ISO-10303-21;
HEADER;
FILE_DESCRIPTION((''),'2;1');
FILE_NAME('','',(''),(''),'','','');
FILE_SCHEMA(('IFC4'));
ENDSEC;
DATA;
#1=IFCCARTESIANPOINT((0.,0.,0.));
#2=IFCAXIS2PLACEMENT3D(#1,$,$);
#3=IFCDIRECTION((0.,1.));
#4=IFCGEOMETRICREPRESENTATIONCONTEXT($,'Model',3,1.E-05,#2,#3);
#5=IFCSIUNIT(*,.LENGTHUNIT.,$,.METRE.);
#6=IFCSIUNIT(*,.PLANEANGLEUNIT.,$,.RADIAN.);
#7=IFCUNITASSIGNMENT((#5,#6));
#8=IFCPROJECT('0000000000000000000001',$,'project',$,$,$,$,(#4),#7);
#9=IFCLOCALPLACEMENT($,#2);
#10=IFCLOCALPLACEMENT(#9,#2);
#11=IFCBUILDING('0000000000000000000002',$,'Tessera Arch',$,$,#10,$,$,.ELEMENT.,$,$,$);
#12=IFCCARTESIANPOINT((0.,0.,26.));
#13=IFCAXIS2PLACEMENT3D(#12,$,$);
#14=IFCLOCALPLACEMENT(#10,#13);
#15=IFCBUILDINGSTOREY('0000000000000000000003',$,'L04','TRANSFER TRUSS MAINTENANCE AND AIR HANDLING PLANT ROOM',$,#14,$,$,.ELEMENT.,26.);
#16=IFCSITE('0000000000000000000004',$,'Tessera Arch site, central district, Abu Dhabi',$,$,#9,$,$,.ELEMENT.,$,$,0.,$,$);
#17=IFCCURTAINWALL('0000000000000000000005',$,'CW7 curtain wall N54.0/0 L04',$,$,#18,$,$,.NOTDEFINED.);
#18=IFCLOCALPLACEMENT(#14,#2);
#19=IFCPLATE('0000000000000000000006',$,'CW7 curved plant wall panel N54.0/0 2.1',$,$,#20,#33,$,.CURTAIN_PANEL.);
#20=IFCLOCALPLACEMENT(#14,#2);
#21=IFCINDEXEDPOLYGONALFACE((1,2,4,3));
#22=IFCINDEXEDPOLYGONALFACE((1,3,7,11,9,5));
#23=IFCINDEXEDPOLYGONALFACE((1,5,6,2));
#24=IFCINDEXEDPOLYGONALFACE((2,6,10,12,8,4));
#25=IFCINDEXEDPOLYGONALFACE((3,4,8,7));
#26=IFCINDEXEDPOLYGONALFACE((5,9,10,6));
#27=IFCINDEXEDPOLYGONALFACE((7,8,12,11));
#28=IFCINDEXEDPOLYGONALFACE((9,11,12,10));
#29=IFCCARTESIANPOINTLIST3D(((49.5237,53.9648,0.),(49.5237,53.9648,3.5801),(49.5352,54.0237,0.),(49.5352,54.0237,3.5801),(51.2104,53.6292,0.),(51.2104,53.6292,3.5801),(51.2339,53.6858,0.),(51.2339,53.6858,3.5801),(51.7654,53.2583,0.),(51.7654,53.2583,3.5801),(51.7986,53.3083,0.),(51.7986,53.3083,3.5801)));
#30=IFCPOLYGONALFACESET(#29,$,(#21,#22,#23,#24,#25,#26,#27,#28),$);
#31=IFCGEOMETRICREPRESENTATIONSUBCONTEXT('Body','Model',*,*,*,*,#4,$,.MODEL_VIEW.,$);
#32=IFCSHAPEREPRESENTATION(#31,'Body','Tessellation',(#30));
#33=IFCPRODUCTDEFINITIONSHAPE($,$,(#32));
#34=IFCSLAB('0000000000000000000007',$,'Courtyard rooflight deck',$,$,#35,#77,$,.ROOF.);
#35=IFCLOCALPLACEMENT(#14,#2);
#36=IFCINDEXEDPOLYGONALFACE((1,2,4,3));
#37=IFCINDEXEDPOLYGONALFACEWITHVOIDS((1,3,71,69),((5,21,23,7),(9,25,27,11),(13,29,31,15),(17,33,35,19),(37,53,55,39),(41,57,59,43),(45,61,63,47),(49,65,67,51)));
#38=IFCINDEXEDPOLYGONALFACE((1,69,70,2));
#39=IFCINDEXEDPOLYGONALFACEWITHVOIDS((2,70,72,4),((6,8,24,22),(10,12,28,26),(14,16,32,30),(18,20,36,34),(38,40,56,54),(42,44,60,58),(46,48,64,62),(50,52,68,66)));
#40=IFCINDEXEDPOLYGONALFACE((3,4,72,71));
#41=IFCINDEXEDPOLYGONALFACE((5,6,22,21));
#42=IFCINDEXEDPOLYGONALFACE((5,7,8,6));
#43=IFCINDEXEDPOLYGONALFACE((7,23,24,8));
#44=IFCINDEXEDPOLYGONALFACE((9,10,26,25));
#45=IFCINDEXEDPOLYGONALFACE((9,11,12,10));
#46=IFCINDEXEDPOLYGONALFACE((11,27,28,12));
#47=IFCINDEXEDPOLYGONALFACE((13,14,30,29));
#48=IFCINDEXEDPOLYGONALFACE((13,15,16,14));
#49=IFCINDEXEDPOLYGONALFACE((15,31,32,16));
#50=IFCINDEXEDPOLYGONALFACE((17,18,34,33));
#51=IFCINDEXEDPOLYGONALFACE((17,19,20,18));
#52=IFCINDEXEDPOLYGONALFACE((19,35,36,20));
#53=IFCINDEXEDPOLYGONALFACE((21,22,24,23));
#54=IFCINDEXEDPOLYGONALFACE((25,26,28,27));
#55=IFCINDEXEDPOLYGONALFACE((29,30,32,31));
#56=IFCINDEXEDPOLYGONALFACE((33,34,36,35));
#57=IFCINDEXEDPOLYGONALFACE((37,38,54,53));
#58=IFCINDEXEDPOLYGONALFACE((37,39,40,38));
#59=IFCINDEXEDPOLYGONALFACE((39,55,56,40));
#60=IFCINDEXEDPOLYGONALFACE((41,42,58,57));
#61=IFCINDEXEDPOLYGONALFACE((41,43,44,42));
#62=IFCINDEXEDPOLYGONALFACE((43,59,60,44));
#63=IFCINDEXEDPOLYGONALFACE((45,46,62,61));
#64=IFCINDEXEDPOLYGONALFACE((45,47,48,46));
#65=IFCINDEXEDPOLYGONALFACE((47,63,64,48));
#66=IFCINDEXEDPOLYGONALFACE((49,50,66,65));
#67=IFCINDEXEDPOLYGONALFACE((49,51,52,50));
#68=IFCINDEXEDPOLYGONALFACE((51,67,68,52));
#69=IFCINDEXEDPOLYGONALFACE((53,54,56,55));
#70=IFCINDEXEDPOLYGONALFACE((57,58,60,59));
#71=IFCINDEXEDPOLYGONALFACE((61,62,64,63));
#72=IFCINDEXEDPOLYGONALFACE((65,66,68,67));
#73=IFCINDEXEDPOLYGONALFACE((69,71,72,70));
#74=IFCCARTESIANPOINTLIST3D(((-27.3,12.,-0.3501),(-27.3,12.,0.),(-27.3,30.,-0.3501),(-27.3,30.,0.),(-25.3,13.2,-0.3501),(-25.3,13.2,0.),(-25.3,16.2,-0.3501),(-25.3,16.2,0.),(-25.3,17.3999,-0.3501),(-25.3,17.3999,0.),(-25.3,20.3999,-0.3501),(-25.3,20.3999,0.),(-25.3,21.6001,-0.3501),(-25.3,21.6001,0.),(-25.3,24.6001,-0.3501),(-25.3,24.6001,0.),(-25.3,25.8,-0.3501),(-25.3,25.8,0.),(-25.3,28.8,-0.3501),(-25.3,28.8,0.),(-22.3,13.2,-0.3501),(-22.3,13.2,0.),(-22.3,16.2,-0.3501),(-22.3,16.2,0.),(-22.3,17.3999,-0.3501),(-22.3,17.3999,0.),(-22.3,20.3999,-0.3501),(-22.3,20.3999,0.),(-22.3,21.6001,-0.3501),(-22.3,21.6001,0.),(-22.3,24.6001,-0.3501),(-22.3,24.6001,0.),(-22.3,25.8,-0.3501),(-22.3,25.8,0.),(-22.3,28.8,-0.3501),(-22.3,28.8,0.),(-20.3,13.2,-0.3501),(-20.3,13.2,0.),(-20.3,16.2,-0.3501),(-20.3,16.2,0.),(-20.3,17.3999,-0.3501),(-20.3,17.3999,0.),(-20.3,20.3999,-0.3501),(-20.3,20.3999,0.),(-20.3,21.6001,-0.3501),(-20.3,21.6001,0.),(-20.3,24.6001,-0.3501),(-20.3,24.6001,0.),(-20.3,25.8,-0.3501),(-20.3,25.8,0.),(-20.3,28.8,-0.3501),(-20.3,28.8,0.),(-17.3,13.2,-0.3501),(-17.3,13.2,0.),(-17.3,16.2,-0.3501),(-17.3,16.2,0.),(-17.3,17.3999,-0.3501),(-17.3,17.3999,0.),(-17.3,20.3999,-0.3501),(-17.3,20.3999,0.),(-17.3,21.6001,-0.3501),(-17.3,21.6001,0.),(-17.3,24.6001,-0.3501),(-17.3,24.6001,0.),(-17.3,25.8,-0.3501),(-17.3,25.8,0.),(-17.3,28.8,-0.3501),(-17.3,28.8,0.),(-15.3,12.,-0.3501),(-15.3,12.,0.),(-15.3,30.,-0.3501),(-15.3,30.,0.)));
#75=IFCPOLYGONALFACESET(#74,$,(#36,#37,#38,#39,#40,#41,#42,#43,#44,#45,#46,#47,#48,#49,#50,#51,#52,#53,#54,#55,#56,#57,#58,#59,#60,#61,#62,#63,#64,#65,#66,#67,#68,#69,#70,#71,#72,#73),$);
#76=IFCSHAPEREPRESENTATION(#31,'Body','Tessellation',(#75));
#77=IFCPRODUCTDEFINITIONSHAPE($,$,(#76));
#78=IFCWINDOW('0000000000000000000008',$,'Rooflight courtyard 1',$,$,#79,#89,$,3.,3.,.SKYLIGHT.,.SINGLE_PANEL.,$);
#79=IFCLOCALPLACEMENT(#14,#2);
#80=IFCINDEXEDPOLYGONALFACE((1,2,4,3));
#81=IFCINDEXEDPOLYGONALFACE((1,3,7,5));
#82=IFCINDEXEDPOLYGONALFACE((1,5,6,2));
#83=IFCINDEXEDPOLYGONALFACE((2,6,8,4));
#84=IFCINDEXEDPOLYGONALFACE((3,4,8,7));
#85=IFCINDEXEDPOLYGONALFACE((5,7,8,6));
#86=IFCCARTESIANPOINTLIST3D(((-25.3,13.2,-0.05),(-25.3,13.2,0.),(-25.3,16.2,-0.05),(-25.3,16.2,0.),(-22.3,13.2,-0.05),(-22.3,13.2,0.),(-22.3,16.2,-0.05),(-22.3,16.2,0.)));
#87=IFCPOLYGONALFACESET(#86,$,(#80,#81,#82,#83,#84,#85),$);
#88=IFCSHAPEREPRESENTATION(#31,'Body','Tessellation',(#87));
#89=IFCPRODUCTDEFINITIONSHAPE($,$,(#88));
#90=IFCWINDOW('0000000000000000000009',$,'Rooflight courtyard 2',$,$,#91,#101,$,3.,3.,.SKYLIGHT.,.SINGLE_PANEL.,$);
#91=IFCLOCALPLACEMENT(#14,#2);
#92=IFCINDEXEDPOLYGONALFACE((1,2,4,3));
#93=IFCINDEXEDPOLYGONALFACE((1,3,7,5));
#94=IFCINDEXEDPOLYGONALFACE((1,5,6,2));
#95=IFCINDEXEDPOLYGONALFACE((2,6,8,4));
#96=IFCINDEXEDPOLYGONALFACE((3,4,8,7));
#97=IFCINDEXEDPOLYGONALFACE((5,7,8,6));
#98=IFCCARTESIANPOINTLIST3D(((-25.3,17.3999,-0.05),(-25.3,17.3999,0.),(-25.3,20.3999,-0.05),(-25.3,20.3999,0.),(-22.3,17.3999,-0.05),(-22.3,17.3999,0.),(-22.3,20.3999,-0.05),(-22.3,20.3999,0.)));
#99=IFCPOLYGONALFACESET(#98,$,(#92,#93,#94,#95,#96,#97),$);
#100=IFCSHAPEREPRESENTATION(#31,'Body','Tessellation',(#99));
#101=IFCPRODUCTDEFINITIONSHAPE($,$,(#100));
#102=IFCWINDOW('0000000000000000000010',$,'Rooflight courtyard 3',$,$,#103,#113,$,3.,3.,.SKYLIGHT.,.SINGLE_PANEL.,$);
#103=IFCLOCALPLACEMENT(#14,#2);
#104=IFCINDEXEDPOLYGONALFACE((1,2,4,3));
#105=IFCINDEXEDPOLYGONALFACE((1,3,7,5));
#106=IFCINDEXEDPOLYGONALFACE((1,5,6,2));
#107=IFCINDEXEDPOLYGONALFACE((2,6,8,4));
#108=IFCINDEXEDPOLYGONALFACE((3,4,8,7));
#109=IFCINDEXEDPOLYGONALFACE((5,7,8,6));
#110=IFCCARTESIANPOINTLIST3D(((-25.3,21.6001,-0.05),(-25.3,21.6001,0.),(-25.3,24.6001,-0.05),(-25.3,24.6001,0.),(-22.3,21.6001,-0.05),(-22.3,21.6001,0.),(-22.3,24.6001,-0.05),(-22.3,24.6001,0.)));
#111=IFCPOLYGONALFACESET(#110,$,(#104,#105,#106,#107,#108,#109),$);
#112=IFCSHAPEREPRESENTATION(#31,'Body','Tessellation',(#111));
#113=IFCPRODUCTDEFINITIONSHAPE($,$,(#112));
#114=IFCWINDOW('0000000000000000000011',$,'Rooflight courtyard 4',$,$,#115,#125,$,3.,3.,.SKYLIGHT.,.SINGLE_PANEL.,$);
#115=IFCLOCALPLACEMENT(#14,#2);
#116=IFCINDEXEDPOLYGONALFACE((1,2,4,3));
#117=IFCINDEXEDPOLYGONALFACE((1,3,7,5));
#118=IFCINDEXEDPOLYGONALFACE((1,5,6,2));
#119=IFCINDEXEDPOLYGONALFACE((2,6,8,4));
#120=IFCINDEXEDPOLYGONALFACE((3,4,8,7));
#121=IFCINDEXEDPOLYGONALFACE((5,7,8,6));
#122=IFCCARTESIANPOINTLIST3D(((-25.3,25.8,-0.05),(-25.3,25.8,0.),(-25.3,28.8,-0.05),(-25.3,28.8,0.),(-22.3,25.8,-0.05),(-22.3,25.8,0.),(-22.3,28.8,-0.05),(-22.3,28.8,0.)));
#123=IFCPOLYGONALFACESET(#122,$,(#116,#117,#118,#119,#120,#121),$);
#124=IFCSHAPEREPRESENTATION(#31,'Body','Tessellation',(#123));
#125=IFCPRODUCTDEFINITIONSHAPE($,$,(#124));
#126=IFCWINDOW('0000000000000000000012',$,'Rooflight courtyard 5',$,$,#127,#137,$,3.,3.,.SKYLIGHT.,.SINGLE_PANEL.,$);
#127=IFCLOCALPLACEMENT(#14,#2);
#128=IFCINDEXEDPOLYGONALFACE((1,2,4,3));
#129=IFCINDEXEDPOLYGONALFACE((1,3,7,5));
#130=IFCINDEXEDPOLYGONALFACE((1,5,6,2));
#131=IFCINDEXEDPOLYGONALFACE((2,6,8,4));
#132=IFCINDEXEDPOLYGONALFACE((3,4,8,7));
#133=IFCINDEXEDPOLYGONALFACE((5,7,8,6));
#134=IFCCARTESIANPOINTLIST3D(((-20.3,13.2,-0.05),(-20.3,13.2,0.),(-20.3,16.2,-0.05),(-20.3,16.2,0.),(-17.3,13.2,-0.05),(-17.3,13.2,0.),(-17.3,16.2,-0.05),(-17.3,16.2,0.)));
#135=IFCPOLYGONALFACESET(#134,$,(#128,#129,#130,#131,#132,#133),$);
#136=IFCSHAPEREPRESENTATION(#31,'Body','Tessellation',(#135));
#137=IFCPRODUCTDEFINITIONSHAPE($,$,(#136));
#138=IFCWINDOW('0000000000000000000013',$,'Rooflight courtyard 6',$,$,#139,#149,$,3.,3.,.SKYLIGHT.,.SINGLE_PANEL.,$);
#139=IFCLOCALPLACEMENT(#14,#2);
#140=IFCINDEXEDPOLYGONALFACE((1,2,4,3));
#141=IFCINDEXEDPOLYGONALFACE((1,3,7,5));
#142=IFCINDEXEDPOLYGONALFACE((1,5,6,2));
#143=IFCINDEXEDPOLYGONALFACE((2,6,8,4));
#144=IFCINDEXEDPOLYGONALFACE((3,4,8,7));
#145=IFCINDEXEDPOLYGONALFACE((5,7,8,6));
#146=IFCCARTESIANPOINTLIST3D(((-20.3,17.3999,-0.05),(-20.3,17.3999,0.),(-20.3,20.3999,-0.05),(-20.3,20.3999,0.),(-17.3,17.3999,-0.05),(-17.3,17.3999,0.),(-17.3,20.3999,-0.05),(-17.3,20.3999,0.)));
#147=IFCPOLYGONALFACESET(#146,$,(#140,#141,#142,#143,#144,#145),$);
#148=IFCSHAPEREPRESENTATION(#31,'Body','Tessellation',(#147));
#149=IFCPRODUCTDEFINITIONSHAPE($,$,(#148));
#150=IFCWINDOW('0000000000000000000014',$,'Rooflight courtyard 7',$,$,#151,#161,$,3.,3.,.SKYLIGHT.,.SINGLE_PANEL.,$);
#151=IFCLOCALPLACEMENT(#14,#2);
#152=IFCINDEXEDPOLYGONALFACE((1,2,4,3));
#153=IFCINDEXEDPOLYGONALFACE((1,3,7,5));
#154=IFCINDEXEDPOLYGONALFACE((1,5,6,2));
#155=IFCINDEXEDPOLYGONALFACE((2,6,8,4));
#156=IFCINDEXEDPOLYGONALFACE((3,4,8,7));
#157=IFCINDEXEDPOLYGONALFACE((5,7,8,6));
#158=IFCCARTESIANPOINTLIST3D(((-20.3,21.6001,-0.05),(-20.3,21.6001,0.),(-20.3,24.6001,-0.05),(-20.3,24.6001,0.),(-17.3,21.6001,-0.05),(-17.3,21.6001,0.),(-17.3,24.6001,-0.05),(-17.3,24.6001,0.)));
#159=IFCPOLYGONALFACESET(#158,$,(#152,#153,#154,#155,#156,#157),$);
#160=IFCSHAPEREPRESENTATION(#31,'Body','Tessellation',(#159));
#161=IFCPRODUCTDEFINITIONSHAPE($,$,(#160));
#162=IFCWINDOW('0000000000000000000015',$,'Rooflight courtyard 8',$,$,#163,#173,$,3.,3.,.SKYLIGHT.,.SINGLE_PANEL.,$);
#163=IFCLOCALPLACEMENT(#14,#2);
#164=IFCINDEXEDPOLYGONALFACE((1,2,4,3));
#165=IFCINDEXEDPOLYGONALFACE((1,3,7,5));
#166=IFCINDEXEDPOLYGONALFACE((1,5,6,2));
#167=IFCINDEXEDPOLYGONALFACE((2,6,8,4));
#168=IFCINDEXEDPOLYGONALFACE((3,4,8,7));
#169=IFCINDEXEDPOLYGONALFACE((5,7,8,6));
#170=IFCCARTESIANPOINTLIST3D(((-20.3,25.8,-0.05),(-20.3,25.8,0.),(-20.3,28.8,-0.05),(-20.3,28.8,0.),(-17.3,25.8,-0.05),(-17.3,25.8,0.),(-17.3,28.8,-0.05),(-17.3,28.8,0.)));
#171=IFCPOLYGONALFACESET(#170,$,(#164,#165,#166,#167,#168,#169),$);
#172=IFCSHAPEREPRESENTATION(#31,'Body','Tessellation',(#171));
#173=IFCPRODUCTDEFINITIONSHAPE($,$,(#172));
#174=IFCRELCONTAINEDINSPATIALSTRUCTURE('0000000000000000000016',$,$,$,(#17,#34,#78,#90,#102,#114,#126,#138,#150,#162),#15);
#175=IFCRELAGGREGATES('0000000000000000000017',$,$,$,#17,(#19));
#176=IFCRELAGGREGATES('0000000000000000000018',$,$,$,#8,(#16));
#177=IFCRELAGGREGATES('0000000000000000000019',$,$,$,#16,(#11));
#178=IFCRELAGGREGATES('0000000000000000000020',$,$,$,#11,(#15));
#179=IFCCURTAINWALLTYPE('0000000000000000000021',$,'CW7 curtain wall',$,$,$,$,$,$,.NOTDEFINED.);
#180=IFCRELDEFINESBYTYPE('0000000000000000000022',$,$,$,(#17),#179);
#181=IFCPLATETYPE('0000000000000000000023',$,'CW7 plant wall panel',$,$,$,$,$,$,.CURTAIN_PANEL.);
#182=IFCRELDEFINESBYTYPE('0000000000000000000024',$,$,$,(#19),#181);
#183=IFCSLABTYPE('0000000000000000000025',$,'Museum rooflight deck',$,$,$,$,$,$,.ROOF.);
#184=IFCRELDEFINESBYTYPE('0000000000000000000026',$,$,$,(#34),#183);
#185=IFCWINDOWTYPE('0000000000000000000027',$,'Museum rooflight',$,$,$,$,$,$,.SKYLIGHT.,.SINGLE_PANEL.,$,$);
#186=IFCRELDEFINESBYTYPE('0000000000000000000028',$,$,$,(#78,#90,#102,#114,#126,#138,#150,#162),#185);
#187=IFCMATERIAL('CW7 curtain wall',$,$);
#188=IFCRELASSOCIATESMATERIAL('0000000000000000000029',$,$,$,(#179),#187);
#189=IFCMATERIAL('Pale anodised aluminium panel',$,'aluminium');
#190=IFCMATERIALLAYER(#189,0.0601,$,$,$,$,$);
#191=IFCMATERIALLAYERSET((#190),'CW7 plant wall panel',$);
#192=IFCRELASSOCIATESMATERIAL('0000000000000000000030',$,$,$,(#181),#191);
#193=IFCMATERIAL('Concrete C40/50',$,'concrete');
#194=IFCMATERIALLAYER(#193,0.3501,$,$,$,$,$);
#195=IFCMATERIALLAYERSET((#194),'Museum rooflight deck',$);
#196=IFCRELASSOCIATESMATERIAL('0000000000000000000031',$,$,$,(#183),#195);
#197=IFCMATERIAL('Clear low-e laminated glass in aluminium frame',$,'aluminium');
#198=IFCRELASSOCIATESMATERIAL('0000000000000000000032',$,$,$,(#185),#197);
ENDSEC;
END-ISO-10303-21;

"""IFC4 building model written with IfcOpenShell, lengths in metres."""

from ifc_helpers import new_model, si_unit, direction, frame, origin, origin_2d, place, context, subcontext, project, spatial, polyline, rectangle, outline, extrude, material, layer, layer_set, type_object, element, fill, aggregate, save


model = new_model("IFC4")

# Units and contexts
model_context = context("Model", 3, precision=1e-05, world=origin(), true_north=direction((0.0, 1.0)))
body_context = subcontext(model_context, "Body", "Model", "MODEL_VIEW")
ifc_project = project(units=[si_unit("LENGTHUNIT", "METRE"), si_unit("PLANEANGLEUNIT", "RADIAN")], contexts=[model_context])

# Site, building, storey
site_placement = place(None, origin())
site = spatial("IfcSite", under=ifc_project, at=site_placement, Name="Tessera Arch site, central district, Abu Dhabi", CompositionType="ELEMENT", RefElevation=0.0)
building_placement = place(site_placement, origin())
building = spatial("IfcBuilding", under=site, at=building_placement, Name="Tessera Arch", CompositionType="ELEMENT")
storey_placement = place(building_placement, frame((0.0, 0.0, 26.0)))
storey = spatial("IfcBuildingStorey", under=building, at=storey_placement, Name="L04", Description="TRANSFER TRUSS MAINTENANCE AND AIR HANDLING PLANT ROOM", CompositionType="ELEMENT", Elevation=26.0)

# Curtain wall, plate
ifc_material_1 = material(Name="CW7 curtain wall")
curtain_wall_type = type_object("IfcCurtainWallType", Name="CW7 curtain wall", PredefinedType="NOTDEFINED", material=ifc_material_1)
curtain_wall_placement = place(storey_placement, origin())
curtain_wall = element("IfcCurtainWall", 1, at=curtain_wall_placement, inside=storey, type_object=curtain_wall_type, Name="CW7 curtain wall N54.0/0 L04", PredefinedType="NOTDEFINED")
ifc_material_2 = material(Name="Pale anodised aluminium panel", Category="aluminium")
ifc_layer_1 = layer(ifc_material_2, 0.0601)
ifc_layer_set_1 = layer_set([ifc_layer_1], Name="CW7 plant wall panel")
plate_type = type_object("IfcPlateType", Name="CW7 plant wall panel", PredefinedType="CURTAIN_PANEL", material=ifc_layer_set_1)
plate_placement = place(storey_placement, origin())
plate = element("IfcPlate", 2, at=plate_placement, type_object=plate_type, Name="CW7 curved plant wall panel N54.0/0 2.1", PredefinedType="CURTAIN_PANEL", context=body_context, shape_type="SweptSolid", body=[
    extrude(outline(polyline([(51.2104, 53.6292), (51.7654, 53.2583), (51.7986, 53.3083), (51.2339, 53.6858), (49.5352, 54.0237), (49.5237, 53.9648), (51.2104, 53.6292)])), origin(), (0.0, 0.0, 1.0), 3.5801),
])
aggregate(curtain_wall, [plate])

# Slab, openings, windows
ifc_material_3 = material(Name="Concrete C40/50", Category="concrete")
ifc_layer_2 = layer(ifc_material_3, 0.3501)
ifc_layer_set_2 = layer_set([ifc_layer_2], Name="Museum rooflight deck")
slab_type = type_object("IfcSlabType", Name="Museum rooflight deck", PredefinedType="ROOF", material=ifc_layer_set_2)
slab_placement = place(storey_placement, frame((0.0, 0.0, -0.3501)))
slab = element("IfcSlab", 3, at=slab_placement, inside=storey, type_object=slab_type, Name="Courtyard rooflight deck", PredefinedType="ROOF", context=body_context, shape_type="SweptSolid", body=[
    extrude(outline(polyline([(-27.3, 12.0), (-15.3, 12.0), (-15.3, 30.0), (-27.3, 30.0), (-27.3, 12.0)])), origin(), (0.0, 0.0, 1.0), 0.3501),
])
opening_1_placement = place(slab_placement, frame((-23.8, 14.7, 0.0)))
opening_1 = element("IfcOpeningElement", 4, at=opening_1_placement, cuts=slab, PredefinedType="OPENING", context=body_context, shape_type="SweptSolid", body=[
    extrude(rectangle(XDim=3.0, YDim=3.0, at=origin_2d()), frame((0.0, 0.0, -0.01)), (0.0, 0.0, 1.0), 0.3701),
])
opening_2_placement = place(slab_placement, frame((-23.8, 18.8999, 0.0)))
opening_2 = element("IfcOpeningElement", 5, at=opening_2_placement, cuts=slab, PredefinedType="OPENING", context=body_context, shape_type="SweptSolid", body=[
    extrude(rectangle(XDim=3.0, YDim=3.0, at=origin_2d()), frame((0.0, 0.0, -0.01)), (0.0, 0.0, 1.0), 0.3701),
])
opening_3_placement = place(slab_placement, frame((-23.8, 23.1001, 0.0)))
opening_3 = element("IfcOpeningElement", 6, at=opening_3_placement, cuts=slab, PredefinedType="OPENING", context=body_context, shape_type="SweptSolid", body=[
    extrude(rectangle(XDim=3.0, YDim=3.0, at=origin_2d()), frame((0.0, 0.0, -0.01)), (0.0, 0.0, 1.0), 0.3701),
])
opening_4_placement = place(slab_placement, frame((-23.8, 27.3, 0.0)))
opening_4 = element("IfcOpeningElement", 7, at=opening_4_placement, cuts=slab, PredefinedType="OPENING", context=body_context, shape_type="SweptSolid", body=[
    extrude(rectangle(XDim=3.0, YDim=3.0, at=origin_2d()), frame((0.0, 0.0, -0.01)), (0.0, 0.0, 1.0), 0.3701),
])
opening_5_placement = place(slab_placement, frame((-18.8, 14.7, 0.0)))
opening_5 = element("IfcOpeningElement", 8, at=opening_5_placement, cuts=slab, PredefinedType="OPENING", context=body_context, shape_type="SweptSolid", body=[
    extrude(rectangle(XDim=3.0, YDim=3.0, at=origin_2d()), frame((0.0, 0.0, -0.01)), (0.0, 0.0, 1.0), 0.3701),
])
opening_6_placement = place(slab_placement, frame((-18.8, 18.8999, 0.0)))
opening_6 = element("IfcOpeningElement", 9, at=opening_6_placement, cuts=slab, PredefinedType="OPENING", context=body_context, shape_type="SweptSolid", body=[
    extrude(rectangle(XDim=3.0, YDim=3.0, at=origin_2d()), frame((0.0, 0.0, -0.01)), (0.0, 0.0, 1.0), 0.3701),
])
opening_7_placement = place(slab_placement, frame((-18.8, 23.1001, 0.0)))
opening_7 = element("IfcOpeningElement", 10, at=opening_7_placement, cuts=slab, PredefinedType="OPENING", context=body_context, shape_type="SweptSolid", body=[
    extrude(rectangle(XDim=3.0, YDim=3.0, at=origin_2d()), frame((0.0, 0.0, -0.01)), (0.0, 0.0, 1.0), 0.3701),
])
opening_8_placement = place(slab_placement, frame((-18.8, 27.3, 0.0)))
opening_8 = element("IfcOpeningElement", 11, at=opening_8_placement, cuts=slab, PredefinedType="OPENING", context=body_context, shape_type="SweptSolid", body=[
    extrude(rectangle(XDim=3.0, YDim=3.0, at=origin_2d()), frame((0.0, 0.0, -0.01)), (0.0, 0.0, 1.0), 0.3701),
])
ifc_material_4 = material(Name="Clear low-e laminated glass in aluminium frame", Category="aluminium")
window_type = type_object("IfcWindowType", Name="Museum rooflight", PartitioningType="SINGLE_PANEL", PredefinedType="SKYLIGHT", material=ifc_material_4)
window_1_placement = place(opening_1_placement, frame((0.0, 0.0, 0.3)))
window_1 = element("IfcWindow", 12, at=window_1_placement, inside=storey, type_object=window_type, Name="Rooflight courtyard 1", OverallHeight=3.0, OverallWidth=3.0, PartitioningType="SINGLE_PANEL", PredefinedType="SKYLIGHT", context=body_context, shape_type="SweptSolid", body=[
    extrude(rectangle(XDim=3.0, YDim=3.0, at=origin_2d()), origin(), (0.0, 0.0, 1.0), 0.05),
])
fill(opening_1, window_1)
window_2_placement = place(opening_2_placement, frame((0.0, 0.0, 0.3)))
window_2 = element("IfcWindow", 13, at=window_2_placement, inside=storey, type_object=window_type, Name="Rooflight courtyard 2", OverallHeight=3.0, OverallWidth=3.0, PartitioningType="SINGLE_PANEL", PredefinedType="SKYLIGHT", context=body_context, shape_type="SweptSolid", body=[
    extrude(rectangle(XDim=3.0, YDim=3.0, at=origin_2d()), origin(), (0.0, 0.0, 1.0), 0.05),
])
fill(opening_2, window_2)
window_3_placement = place(opening_3_placement, frame((0.0, 0.0, 0.3)))
window_3 = element("IfcWindow", 14, at=window_3_placement, inside=storey, type_object=window_type, Name="Rooflight courtyard 3", OverallHeight=3.0, OverallWidth=3.0, PartitioningType="SINGLE_PANEL", PredefinedType="SKYLIGHT", context=body_context, shape_type="SweptSolid", body=[
    extrude(rectangle(XDim=3.0, YDim=3.0, at=origin_2d()), origin(), (0.0, 0.0, 1.0), 0.05),
])
fill(opening_3, window_3)
window_4_placement = place(opening_4_placement, frame((0.0, 0.0, 0.3)))
window_4 = element("IfcWindow", 15, at=window_4_placement, inside=storey, type_object=window_type, Name="Rooflight courtyard 4", OverallHeight=3.0, OverallWidth=3.0, PartitioningType="SINGLE_PANEL", PredefinedType="SKYLIGHT", context=body_context, shape_type="SweptSolid", body=[
    extrude(rectangle(XDim=3.0, YDim=3.0, at=origin_2d()), origin(), (0.0, 0.0, 1.0), 0.05),
])
fill(opening_4, window_4)
window_5_placement = place(opening_5_placement, frame((0.0, 0.0, 0.3)))
window_5 = element("IfcWindow", 16, at=window_5_placement, inside=storey, type_object=window_type, Name="Rooflight courtyard 5", OverallHeight=3.0, OverallWidth=3.0, PartitioningType="SINGLE_PANEL", PredefinedType="SKYLIGHT", context=body_context, shape_type="SweptSolid", body=[
    extrude(rectangle(XDim=3.0, YDim=3.0, at=origin_2d()), origin(), (0.0, 0.0, 1.0), 0.05),
])
fill(opening_5, window_5)
window_6_placement = place(opening_6_placement, frame((0.0, 0.0, 0.3)))
window_6 = element("IfcWindow", 17, at=window_6_placement, inside=storey, type_object=window_type, Name="Rooflight courtyard 6", OverallHeight=3.0, OverallWidth=3.0, PartitioningType="SINGLE_PANEL", PredefinedType="SKYLIGHT", context=body_context, shape_type="SweptSolid", body=[
    extrude(rectangle(XDim=3.0, YDim=3.0, at=origin_2d()), origin(), (0.0, 0.0, 1.0), 0.05),
])
fill(opening_6, window_6)
window_7_placement = place(opening_7_placement, frame((0.0, 0.0, 0.3)))
window_7 = element("IfcWindow", 18, at=window_7_placement, inside=storey, type_object=window_type, Name="Rooflight courtyard 7", OverallHeight=3.0, OverallWidth=3.0, PartitioningType="SINGLE_PANEL", PredefinedType="SKYLIGHT", context=body_context, shape_type="SweptSolid", body=[
    extrude(rectangle(XDim=3.0, YDim=3.0, at=origin_2d()), origin(), (0.0, 0.0, 1.0), 0.05),
])
fill(opening_7, window_7)
window_8_placement = place(opening_8_placement, frame((0.0, 0.0, 0.3)))
window_8 = element("IfcWindow", 19, at=window_8_placement, inside=storey, type_object=window_type, Name="Rooflight courtyard 8", OverallHeight=3.0, OverallWidth=3.0, PartitioningType="SINGLE_PANEL", PredefinedType="SKYLIGHT", context=body_context, shape_type="SweptSolid", body=[
    extrude(rectangle(XDim=3.0, YDim=3.0, at=origin_2d()), origin(), (0.0, 0.0, 1.0), 0.05),
])
fill(opening_8, window_8)

save(model, "model.ifc")
